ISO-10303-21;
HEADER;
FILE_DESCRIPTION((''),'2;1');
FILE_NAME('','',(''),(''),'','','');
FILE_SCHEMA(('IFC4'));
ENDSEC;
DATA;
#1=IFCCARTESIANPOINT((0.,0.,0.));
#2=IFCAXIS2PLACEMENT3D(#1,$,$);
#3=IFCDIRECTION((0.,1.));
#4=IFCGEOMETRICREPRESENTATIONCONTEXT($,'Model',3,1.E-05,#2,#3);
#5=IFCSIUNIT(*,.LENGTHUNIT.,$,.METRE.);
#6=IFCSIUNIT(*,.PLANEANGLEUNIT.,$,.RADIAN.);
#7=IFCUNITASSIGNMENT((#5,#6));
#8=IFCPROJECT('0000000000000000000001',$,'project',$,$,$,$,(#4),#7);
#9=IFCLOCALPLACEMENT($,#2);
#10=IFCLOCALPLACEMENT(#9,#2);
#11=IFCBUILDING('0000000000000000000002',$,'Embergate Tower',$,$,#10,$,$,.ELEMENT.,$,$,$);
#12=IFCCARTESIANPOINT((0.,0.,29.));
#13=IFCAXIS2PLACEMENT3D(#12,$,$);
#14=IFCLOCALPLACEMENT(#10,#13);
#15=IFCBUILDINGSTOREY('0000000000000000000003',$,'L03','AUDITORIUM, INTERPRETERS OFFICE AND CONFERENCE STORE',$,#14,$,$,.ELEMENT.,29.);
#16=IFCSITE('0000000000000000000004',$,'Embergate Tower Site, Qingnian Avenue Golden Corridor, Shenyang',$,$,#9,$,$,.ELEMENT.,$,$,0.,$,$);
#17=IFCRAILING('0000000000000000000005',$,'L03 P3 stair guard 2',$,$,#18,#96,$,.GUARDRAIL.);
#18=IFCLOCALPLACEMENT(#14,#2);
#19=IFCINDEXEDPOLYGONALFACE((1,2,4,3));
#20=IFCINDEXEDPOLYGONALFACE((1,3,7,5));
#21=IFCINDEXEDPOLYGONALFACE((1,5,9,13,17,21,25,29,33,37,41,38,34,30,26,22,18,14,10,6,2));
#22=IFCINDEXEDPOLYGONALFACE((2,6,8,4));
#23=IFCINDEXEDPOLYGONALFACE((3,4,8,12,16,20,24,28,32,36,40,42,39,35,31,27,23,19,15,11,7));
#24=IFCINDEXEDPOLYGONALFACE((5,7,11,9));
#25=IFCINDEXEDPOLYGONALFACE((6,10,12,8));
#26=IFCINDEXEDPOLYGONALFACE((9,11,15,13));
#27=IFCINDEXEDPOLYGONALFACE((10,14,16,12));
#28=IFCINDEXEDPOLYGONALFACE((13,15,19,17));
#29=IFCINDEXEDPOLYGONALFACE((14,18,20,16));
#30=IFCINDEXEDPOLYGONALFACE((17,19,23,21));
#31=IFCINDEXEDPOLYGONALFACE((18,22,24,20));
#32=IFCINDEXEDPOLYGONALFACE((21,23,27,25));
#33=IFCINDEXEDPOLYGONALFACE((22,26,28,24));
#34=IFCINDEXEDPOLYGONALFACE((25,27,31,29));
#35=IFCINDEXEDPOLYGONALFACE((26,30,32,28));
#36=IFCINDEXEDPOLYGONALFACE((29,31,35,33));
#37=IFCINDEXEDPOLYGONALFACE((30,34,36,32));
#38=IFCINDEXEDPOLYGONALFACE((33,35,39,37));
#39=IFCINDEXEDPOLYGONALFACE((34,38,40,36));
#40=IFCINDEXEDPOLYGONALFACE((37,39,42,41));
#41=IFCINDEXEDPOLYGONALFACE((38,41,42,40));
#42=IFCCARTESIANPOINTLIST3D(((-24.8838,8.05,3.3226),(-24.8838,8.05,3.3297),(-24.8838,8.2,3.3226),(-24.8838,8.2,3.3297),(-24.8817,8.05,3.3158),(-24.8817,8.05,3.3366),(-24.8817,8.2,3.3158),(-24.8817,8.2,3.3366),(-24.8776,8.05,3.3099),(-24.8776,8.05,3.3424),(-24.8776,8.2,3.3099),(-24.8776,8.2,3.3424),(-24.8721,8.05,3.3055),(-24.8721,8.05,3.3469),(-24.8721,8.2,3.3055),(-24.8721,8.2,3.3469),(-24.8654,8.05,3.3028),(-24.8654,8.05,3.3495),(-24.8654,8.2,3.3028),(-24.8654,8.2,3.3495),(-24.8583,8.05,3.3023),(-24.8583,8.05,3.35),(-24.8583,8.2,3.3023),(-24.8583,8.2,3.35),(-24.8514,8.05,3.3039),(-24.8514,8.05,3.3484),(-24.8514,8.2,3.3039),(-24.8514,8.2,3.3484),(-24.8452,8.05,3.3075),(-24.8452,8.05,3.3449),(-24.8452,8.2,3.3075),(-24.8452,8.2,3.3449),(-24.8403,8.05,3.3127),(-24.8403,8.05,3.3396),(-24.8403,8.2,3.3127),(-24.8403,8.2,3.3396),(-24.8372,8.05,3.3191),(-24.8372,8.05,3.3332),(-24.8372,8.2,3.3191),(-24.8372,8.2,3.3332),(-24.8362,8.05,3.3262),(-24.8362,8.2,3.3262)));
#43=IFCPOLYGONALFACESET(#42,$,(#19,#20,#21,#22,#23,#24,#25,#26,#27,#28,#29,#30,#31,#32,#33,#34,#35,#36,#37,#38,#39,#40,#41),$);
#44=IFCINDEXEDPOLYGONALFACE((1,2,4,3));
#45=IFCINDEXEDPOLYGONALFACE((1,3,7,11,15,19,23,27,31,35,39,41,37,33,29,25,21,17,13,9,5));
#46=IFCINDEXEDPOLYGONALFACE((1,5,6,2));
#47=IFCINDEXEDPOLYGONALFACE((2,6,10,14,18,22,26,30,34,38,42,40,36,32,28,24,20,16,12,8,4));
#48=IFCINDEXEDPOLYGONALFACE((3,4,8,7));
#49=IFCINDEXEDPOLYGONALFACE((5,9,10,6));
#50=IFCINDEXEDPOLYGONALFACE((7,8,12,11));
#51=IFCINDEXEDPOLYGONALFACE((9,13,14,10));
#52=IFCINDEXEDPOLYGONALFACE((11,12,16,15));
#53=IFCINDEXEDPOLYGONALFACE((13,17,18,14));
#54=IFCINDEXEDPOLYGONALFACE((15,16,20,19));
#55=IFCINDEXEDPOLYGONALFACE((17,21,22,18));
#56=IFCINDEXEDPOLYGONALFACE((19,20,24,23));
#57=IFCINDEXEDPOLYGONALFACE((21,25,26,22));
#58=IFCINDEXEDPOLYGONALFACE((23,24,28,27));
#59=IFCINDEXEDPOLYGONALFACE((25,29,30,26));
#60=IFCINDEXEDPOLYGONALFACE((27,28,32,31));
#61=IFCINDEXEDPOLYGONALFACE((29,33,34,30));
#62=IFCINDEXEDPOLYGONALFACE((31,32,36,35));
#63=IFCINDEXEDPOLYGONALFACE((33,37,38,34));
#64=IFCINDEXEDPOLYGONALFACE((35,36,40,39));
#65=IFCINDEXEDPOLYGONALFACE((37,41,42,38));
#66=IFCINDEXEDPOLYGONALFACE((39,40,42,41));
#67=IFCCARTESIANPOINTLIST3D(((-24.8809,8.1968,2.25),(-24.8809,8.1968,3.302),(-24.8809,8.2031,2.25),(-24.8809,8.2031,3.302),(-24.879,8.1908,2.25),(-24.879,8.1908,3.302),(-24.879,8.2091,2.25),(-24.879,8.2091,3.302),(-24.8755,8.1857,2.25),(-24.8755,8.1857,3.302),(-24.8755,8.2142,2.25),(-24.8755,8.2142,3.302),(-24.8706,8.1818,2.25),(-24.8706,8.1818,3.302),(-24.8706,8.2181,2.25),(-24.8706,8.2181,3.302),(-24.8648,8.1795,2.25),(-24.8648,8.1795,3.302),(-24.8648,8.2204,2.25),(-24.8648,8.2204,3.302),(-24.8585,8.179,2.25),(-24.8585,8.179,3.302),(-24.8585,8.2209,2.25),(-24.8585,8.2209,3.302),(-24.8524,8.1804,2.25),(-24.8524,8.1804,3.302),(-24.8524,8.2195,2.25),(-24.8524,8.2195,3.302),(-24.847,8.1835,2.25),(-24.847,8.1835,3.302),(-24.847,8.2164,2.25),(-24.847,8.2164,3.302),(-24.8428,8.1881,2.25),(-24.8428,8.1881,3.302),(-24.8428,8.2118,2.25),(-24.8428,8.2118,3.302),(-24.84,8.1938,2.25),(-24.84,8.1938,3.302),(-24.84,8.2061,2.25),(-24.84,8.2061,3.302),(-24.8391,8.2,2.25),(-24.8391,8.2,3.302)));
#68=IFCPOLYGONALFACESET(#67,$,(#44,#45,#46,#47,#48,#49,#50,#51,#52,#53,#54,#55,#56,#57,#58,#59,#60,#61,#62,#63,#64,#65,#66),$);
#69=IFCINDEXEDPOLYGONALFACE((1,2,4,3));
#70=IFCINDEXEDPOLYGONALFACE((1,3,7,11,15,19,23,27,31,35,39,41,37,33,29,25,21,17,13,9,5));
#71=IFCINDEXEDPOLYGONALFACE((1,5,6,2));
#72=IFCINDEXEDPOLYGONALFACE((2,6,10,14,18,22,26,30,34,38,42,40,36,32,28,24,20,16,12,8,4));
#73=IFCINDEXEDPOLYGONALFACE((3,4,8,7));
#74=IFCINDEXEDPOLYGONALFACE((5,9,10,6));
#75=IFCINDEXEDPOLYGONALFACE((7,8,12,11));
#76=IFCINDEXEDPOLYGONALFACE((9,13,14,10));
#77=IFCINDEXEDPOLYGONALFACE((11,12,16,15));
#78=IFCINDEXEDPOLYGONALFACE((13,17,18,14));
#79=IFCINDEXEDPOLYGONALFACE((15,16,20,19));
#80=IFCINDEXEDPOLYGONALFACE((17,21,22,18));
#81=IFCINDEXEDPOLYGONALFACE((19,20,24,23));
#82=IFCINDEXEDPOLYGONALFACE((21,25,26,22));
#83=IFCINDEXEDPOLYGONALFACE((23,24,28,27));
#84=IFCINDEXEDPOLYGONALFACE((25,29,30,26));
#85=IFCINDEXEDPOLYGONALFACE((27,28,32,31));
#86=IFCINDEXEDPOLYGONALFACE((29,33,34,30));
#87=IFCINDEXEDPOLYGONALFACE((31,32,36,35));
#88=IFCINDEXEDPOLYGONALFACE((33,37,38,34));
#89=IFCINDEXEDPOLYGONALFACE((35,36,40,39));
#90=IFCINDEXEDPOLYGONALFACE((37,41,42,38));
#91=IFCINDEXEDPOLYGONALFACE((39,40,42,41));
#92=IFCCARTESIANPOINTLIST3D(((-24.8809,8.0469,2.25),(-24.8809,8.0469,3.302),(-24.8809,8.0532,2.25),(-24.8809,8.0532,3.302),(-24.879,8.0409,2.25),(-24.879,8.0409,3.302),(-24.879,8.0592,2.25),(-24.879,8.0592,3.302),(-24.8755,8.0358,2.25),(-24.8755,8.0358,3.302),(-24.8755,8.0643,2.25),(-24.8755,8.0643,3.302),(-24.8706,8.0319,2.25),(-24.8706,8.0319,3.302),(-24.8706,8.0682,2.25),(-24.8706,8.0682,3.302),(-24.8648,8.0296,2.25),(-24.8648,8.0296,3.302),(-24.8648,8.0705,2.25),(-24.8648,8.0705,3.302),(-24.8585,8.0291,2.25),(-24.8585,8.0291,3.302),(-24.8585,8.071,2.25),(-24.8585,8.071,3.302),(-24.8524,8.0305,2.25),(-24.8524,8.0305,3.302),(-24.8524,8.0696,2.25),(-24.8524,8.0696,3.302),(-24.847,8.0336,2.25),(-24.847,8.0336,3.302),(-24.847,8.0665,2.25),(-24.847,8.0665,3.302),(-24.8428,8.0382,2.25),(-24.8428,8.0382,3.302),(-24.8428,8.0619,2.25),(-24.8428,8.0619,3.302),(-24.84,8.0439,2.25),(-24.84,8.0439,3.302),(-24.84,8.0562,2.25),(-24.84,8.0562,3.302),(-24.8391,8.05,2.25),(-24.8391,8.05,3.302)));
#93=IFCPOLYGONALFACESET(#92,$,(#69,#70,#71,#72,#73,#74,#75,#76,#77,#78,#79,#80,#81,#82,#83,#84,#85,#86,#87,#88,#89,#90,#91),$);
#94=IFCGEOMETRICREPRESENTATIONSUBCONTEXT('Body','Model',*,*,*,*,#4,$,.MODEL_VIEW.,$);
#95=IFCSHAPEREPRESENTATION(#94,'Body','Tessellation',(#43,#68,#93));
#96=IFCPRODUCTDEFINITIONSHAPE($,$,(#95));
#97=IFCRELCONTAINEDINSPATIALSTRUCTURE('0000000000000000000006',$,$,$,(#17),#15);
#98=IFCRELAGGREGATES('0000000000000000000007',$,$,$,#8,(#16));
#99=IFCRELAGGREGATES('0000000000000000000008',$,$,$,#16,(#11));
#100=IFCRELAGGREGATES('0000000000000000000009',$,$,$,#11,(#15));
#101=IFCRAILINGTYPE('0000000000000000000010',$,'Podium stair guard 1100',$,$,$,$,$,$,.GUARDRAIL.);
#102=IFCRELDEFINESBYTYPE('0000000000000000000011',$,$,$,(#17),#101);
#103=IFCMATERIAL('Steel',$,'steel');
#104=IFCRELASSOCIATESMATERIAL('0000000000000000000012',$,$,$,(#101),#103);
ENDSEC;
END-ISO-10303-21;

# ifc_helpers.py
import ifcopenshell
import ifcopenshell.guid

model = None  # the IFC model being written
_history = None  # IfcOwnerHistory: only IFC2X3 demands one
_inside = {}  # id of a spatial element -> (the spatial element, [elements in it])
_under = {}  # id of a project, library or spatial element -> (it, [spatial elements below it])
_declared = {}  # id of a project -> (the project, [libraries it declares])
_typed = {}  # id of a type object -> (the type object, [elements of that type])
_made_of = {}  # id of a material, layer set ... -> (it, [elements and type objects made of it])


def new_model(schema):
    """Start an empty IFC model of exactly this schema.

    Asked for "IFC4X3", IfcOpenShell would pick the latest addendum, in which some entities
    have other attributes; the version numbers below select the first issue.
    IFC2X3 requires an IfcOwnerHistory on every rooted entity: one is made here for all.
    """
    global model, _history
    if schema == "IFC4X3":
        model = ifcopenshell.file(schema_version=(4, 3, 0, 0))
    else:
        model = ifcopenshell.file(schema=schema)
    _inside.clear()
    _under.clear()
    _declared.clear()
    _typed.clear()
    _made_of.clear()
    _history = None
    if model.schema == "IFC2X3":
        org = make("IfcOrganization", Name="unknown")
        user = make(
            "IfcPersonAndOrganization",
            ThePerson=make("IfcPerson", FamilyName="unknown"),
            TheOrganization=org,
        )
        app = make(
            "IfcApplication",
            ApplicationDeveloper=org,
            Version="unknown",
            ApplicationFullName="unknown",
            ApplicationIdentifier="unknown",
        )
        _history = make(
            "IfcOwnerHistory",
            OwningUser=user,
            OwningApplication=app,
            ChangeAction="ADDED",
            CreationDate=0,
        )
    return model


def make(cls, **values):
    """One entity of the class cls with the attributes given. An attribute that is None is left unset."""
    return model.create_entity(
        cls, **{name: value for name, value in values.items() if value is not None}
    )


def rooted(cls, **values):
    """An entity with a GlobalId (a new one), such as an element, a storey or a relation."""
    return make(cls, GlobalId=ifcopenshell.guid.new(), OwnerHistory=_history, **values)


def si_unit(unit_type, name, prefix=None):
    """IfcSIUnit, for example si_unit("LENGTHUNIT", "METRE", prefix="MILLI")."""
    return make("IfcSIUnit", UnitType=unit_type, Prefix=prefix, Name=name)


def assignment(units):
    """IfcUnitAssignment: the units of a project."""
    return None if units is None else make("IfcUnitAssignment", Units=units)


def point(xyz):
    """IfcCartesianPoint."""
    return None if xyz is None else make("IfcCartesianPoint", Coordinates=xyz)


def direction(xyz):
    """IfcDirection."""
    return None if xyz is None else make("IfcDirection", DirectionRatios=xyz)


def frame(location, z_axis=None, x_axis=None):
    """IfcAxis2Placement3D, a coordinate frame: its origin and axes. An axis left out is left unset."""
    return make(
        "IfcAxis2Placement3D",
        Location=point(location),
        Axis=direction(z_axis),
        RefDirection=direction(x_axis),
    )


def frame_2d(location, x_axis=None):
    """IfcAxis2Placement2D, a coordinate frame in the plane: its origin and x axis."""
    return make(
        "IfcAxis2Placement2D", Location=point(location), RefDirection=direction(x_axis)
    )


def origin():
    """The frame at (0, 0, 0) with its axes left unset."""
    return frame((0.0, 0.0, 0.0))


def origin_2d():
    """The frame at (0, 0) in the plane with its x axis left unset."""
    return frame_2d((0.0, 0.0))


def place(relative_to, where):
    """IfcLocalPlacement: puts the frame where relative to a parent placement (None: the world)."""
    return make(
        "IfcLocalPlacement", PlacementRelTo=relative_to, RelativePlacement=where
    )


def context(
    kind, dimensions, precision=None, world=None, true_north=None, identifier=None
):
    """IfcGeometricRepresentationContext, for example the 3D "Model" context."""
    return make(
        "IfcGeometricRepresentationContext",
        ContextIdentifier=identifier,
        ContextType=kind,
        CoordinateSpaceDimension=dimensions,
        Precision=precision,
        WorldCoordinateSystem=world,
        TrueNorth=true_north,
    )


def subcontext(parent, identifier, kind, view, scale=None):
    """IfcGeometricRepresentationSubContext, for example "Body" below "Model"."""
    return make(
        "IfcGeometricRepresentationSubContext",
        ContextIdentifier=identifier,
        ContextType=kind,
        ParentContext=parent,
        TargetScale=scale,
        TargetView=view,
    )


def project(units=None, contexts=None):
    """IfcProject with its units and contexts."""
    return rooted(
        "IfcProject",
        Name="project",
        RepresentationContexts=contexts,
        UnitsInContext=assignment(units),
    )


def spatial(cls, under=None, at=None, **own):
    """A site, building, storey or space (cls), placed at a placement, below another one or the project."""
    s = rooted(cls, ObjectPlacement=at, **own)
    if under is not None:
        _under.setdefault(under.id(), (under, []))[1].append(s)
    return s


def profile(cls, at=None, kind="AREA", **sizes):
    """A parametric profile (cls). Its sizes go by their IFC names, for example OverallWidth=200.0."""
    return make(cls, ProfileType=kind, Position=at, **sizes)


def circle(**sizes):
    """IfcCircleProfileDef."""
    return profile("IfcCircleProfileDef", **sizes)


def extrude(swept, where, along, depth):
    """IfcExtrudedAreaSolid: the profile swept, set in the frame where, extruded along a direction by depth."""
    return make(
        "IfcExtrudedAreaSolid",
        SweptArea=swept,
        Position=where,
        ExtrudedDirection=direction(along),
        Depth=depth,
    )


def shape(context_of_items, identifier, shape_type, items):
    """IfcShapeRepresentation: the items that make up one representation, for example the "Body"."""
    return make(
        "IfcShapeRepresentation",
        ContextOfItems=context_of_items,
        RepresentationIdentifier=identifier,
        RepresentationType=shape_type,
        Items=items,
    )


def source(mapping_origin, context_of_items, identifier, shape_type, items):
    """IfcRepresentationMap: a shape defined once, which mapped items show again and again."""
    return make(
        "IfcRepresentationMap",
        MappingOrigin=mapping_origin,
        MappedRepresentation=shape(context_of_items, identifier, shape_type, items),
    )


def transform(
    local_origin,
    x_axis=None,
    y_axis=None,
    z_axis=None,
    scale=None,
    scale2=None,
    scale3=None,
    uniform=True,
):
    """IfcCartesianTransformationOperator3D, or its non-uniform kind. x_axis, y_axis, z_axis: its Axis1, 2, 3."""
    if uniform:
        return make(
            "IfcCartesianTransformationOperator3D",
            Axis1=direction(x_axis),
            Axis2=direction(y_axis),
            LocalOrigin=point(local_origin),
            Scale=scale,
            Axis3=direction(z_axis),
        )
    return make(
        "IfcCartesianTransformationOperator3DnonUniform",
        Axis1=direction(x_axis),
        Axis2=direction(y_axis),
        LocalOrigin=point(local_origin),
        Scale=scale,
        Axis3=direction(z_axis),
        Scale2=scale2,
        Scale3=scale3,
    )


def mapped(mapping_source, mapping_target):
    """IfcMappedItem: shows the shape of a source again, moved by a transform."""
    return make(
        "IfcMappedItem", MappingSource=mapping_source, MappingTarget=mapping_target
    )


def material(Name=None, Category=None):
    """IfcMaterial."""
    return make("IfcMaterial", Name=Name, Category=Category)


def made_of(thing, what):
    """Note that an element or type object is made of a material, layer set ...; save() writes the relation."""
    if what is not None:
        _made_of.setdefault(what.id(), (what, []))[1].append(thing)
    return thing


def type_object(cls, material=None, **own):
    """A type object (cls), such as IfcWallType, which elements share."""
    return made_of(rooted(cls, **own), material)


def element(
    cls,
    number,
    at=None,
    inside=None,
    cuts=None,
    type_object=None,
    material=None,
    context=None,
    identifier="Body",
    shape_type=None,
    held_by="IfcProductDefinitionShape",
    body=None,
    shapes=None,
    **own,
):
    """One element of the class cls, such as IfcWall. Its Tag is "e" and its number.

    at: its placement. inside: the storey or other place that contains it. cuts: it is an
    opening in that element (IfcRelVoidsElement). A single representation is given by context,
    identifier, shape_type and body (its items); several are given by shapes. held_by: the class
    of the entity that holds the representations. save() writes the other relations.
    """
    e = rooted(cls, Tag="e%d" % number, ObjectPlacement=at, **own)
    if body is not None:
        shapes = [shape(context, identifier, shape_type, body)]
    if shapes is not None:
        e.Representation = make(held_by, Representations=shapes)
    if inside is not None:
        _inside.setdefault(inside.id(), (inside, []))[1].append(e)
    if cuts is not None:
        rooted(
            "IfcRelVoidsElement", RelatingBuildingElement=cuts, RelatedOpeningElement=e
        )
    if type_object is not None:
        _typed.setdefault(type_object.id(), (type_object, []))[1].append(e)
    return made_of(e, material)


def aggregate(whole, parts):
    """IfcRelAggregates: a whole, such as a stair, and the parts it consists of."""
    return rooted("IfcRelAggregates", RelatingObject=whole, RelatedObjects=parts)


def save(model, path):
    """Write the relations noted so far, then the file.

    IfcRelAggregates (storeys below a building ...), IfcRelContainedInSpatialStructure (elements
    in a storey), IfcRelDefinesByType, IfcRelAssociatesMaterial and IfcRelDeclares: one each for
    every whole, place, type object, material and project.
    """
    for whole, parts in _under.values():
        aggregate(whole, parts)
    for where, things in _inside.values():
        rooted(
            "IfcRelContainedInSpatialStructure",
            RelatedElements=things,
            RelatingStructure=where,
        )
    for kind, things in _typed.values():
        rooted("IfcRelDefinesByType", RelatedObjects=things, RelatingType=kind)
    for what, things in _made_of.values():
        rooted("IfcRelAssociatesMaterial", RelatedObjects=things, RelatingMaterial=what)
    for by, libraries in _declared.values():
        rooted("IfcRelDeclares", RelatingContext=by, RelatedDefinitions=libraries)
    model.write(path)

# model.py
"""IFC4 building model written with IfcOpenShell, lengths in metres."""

from ifc_helpers import new_model, si_unit, direction, frame, origin, origin_2d, place, context, subcontext, project, spatial, circle, extrude, source, transform, mapped, material, type_object, element, save


model = new_model("IFC4")

# Units and contexts
model_context = context("Model", 3, precision=1e-05, world=origin(), true_north=direction((0.0, 1.0)))
body_context = subcontext(model_context, "Body", "Model", "MODEL_VIEW")
ifc_project = project(units=[si_unit("LENGTHUNIT", "METRE"), si_unit("PLANEANGLEUNIT", "RADIAN")], contexts=[model_context])

# Site, building, storey
site_placement = place(None, origin())
site = spatial("IfcSite", under=ifc_project, at=site_placement, Name="Embergate Tower Site, Qingnian Avenue Golden Corridor, Shenyang", CompositionType="ELEMENT", RefElevation=0.0)
building_placement = place(site_placement, origin())
building = spatial("IfcBuilding", under=site, at=building_placement, Name="Embergate Tower", CompositionType="ELEMENT")
storey_placement = place(building_placement, frame((0.0, 0.0, 29.0)))
storey = spatial("IfcBuildingStorey", under=building, at=storey_placement, Name="L03", Description="AUDITORIUM, INTERPRETERS OFFICE AND CONFERENCE STORE", CompositionType="ELEMENT", Elevation=29.0)

# Railing
ifc_material_1 = material(Name="Steel", Category="steel")
railing_type_1 = type_object("IfcRailingType", Name="Podium stair guard 1100", PredefinedType="GUARDRAIL", material=ifc_material_1)
shared_shape_1 = source(origin(), body_context, "Body", "SweptSolid", [
    extrude(circle(Radius=0.0239, at=origin_2d()), frame((0.0, 0.0, 1.0762), z_axis=(0.0, -1.0, 0.0), x_axis=(1.0, 0.0, 0.0)), (0.0, 0.0, 1.0), 0.1499),
    extrude(circle(Radius=0.021, at=origin_2d()), origin(), (0.0, 0.0, 1.0), 1.052),
    extrude(circle(Radius=0.021, at=origin_2d()), frame((0.0, -0.1499, 0.0)), (0.0, 0.0, 1.0), 1.052),
])
railing_1_placement = place(storey_placement, frame((-24.8601, 8.2, 2.25)))
element("IfcRailing", 1, at=railing_1_placement, inside=storey, type_object=railing_type_1, Name="L03 P3 stair guard 2", PredefinedType="GUARDRAIL", context=body_context, shape_type="MappedRepresentation", body=[
    mapped(shared_shape_1, transform((0.0, 0.0, 0.0))),
])

save(model, "model.ifc")
